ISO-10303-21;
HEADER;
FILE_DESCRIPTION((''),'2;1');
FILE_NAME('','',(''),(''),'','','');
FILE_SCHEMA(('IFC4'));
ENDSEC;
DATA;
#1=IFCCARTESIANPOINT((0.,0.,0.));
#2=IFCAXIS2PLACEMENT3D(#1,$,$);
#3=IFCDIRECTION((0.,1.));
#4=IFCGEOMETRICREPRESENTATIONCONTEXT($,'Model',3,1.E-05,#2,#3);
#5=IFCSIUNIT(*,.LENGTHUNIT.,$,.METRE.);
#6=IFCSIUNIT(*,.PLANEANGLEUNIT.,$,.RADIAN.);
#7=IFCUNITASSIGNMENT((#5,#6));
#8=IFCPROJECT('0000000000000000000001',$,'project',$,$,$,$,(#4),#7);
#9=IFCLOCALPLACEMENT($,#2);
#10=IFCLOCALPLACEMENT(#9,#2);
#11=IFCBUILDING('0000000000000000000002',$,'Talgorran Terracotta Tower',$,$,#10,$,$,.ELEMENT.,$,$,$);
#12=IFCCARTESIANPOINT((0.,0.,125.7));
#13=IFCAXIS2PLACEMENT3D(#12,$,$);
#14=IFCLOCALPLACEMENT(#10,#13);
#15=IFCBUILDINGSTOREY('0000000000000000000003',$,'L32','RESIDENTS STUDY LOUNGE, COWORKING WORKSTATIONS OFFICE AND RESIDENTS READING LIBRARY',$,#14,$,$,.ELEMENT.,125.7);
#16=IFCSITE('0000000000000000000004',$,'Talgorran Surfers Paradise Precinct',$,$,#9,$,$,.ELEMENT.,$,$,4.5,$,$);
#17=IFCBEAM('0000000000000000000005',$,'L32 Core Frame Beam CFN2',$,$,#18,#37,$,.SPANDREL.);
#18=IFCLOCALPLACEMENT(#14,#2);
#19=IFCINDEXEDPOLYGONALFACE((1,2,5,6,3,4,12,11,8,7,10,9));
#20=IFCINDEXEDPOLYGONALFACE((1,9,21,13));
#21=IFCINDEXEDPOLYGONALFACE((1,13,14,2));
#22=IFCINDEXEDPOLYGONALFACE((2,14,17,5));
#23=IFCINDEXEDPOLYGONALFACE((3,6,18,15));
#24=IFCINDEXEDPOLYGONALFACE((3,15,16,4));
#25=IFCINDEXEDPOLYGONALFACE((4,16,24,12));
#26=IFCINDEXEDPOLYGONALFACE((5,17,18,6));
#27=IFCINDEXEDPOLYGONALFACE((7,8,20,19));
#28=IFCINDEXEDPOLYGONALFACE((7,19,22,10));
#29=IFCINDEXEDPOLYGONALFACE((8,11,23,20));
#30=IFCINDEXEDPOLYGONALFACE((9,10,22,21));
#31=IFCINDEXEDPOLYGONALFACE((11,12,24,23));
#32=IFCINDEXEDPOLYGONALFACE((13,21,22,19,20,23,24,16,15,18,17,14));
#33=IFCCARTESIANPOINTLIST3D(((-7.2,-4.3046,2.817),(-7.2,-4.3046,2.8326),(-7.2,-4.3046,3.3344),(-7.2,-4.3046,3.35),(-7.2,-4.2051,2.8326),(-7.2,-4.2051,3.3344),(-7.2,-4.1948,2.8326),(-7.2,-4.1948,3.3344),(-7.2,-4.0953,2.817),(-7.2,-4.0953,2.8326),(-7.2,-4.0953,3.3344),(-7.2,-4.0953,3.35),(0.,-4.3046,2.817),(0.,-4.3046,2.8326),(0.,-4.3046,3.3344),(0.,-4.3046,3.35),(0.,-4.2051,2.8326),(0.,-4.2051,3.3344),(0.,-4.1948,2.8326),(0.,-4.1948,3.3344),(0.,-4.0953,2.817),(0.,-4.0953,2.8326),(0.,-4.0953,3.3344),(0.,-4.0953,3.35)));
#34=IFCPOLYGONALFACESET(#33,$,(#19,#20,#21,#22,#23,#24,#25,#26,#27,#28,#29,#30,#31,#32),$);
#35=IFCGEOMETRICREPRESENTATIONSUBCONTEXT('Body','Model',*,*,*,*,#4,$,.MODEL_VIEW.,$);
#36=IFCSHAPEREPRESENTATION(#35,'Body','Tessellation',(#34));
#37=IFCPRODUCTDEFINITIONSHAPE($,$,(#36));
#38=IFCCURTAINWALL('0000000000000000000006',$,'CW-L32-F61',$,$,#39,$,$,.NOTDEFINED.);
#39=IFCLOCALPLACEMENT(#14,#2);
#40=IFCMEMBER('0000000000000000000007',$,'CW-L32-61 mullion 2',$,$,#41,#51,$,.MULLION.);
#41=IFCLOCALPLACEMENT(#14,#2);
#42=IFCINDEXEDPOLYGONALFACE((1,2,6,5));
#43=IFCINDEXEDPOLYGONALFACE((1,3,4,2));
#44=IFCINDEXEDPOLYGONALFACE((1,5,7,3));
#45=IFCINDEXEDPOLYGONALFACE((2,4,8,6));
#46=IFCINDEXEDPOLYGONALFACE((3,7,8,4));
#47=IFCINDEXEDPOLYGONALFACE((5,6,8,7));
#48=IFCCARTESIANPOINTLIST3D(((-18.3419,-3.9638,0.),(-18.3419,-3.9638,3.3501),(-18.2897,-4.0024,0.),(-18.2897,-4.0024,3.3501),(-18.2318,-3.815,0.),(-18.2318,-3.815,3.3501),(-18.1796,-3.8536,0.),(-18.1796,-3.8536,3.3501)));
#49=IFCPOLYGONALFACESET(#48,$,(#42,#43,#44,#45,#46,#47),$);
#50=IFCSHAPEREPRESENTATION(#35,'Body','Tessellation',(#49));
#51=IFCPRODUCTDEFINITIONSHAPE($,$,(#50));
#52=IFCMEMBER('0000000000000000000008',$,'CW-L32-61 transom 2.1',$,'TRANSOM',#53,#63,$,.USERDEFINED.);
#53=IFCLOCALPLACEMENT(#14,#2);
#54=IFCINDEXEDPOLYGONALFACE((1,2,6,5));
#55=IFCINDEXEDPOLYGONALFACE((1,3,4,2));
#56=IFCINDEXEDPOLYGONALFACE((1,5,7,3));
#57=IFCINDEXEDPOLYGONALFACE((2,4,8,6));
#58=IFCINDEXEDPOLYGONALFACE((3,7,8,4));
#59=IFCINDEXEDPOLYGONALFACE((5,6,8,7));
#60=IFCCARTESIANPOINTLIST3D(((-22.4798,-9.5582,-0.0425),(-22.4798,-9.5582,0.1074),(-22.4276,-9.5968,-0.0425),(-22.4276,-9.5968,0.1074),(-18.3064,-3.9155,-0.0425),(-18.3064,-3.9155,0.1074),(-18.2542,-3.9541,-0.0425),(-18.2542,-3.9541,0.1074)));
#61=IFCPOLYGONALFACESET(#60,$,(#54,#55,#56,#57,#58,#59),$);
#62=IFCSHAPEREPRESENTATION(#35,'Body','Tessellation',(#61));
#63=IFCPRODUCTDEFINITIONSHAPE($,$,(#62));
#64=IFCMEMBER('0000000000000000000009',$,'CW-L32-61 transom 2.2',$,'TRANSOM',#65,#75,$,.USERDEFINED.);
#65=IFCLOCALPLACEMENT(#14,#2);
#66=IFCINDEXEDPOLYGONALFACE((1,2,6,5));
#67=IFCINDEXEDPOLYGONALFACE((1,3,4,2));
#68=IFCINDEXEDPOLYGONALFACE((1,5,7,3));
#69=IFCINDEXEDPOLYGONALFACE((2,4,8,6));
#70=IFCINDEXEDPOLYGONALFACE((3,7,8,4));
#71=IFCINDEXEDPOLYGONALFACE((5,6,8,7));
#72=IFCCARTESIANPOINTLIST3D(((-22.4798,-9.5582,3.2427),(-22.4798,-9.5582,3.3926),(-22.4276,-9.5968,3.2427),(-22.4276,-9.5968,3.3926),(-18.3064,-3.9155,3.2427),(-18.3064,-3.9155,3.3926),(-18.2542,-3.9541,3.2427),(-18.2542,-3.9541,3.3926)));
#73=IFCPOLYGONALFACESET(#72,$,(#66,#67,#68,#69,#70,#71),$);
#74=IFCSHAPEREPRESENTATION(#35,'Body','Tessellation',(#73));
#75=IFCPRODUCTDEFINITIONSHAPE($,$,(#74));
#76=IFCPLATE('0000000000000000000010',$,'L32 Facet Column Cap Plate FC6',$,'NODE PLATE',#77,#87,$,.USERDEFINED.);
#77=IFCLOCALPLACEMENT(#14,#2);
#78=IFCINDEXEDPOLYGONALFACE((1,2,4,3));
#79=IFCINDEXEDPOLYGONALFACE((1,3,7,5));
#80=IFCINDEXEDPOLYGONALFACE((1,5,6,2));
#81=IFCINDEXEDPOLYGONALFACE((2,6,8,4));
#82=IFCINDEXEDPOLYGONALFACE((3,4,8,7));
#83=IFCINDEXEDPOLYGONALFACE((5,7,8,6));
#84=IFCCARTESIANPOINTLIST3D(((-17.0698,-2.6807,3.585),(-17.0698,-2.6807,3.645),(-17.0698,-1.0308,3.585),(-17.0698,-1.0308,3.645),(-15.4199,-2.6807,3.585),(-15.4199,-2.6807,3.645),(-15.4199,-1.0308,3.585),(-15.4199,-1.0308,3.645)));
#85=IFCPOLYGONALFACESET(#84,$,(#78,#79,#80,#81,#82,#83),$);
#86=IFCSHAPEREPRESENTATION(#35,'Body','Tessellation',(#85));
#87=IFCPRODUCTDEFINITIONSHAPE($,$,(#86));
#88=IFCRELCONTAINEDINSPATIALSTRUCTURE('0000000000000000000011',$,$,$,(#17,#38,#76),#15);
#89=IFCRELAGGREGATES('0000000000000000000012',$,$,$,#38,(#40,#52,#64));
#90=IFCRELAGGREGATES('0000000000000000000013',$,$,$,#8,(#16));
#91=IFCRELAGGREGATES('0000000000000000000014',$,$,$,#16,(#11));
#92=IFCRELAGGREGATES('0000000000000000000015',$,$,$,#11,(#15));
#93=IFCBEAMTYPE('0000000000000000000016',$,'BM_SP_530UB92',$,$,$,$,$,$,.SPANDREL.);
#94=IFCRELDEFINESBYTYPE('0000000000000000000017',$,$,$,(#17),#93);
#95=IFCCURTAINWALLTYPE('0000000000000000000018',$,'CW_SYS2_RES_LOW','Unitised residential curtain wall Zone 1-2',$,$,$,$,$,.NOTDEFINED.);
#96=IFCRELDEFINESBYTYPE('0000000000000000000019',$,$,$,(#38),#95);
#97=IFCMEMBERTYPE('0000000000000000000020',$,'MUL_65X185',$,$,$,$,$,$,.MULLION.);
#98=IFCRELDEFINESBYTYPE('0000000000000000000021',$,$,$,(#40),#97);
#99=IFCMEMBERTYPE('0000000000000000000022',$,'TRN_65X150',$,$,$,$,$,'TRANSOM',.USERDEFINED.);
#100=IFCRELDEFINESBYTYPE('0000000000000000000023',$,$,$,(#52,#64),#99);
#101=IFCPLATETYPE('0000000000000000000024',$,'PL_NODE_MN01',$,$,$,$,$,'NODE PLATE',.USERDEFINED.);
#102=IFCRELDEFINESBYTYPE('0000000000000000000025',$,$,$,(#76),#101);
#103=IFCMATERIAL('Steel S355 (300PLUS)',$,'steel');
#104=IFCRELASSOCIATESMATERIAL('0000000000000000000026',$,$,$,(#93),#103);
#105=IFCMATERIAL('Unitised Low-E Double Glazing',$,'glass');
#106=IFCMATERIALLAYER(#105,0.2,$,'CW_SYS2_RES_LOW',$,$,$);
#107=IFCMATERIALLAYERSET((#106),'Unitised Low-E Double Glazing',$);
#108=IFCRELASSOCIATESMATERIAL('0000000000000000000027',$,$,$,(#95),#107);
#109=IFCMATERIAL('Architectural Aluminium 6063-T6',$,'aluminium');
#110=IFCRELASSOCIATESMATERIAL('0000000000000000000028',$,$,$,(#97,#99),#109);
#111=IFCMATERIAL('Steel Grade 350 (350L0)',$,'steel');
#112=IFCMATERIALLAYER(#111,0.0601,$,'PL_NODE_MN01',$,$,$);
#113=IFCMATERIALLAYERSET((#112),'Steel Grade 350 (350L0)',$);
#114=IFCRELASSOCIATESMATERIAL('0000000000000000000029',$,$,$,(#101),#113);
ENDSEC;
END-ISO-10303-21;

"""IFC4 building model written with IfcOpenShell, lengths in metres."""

from ifc_helpers import new_model, si_unit, direction, frame, origin, origin_2d, place, context, subcontext, project, spatial, rectangle, i_section, extrude, material, layer, layer_set, material_profile, profile_set, type_object, element, aggregate, save


model = new_model("IFC4")

# Units and contexts
model_context = context("Model", 3, precision=1e-05, world=origin(), true_north=direction((0.0, 1.0)))
body_context = subcontext(model_context, "Body", "Model", "MODEL_VIEW")
ifc_project = project(units=[si_unit("LENGTHUNIT", "METRE"), si_unit("PLANEANGLEUNIT", "RADIAN")], contexts=[model_context])

# Site, building, storey
site_placement = place(None, origin())
site = spatial("IfcSite", under=ifc_project, at=site_placement, Name="Talgorran Surfers Paradise Precinct", CompositionType="ELEMENT", RefElevation=4.5)
building_placement = place(site_placement, origin())
building = spatial("IfcBuilding", under=site, at=building_placement, Name="Talgorran Terracotta Tower", CompositionType="ELEMENT")
storey_placement = place(building_placement, frame((0.0, 0.0, 125.7)))
storey = spatial("IfcBuildingStorey", under=building, at=storey_placement, Name="L32", Description="RESIDENTS STUDY LOUNGE, COWORKING WORKSTATIONS OFFICE AND RESIDENTS READING LIBRARY", CompositionType="ELEMENT", Elevation=125.7)

# Shared definitions
ifc_material_1 = material(Name="Steel S355 (300PLUS)", Category="steel")
ifc_material_2 = material(Name="Steel Grade 350 (350L0)", Category="steel")

# Beam
ifc_material_profile_1 = material_profile(ifc_material_1, i_section(OverallWidth=0.2092, OverallDepth=0.533, WebThickness=0.0103, FlangeThickness=0.0156, at=origin_2d()), Name="530UB92.4")
ifc_profile_set_1 = profile_set([ifc_material_profile_1], Name="Steel S355 (300PLUS)")
beam_type_1 = type_object("IfcBeamType", Name="BM_SP_530UB92", PredefinedType="SPANDREL", material=ifc_profile_set_1)
beam_1_placement = place(storey_placement, frame((-7.2, -4.2, 3.0835), z_axis=(1.0, 0.0, 0.0), x_axis=(0.0, 1.0, 0.0)))
element("IfcBeam", 1, at=beam_1_placement, inside=storey, type_object=beam_type_1, Name="L32 Core Frame Beam CFN2", PredefinedType="SPANDREL", context=body_context, shape_type="SweptSolid", body=[
    extrude(i_section(OverallWidth=0.2092, OverallDepth=0.533, WebThickness=0.0103, FlangeThickness=0.0156, at=origin_2d()), origin(), (0.0, 0.0, 1.0), 7.2),
])

# Curtain wall, members
ifc_material_3 = material(Name="Unitised Low-E Double Glazing", Category="glass")
ifc_layer_1 = layer(ifc_material_3, 0.2, Name="CW_SYS2_RES_LOW")
ifc_layer_set_1 = layer_set([ifc_layer_1], Name="Unitised Low-E Double Glazing")
curtain_wall_type = type_object("IfcCurtainWallType", Name="CW_SYS2_RES_LOW", Description="Unitised residential curtain wall Zone 1-2", PredefinedType="NOTDEFINED", material=ifc_layer_set_1)
curtain_wall_placement = place(storey_placement, origin())
curtain_wall = element("IfcCurtainWall", 2, at=curtain_wall_placement, inside=storey, type_object=curtain_wall_type, Name="CW-L32-F61", PredefinedType="NOTDEFINED")
ifc_material_4 = material(Name="Architectural Aluminium 6063-T6", Category="aluminium")
ifc_material_profile_2 = material_profile(ifc_material_4, rectangle(XDim=0.0649, YDim=0.1851, at=origin_2d()), Name="CWM65X185")
ifc_profile_set_2 = profile_set([ifc_material_profile_2], Name="Architectural Aluminium 6063-T6")
member_type_1 = type_object("IfcMemberType", Name="MUL_65X185", PredefinedType="MULLION", material=ifc_profile_set_2)
member_1_placement = place(storey_placement, frame((-18.2607, -3.9087, 0.0), z_axis=(0.0, 0.0, 1.0), x_axis=(0.803994, -0.594637, 0.0)))
member_1 = element("IfcMember", 3, at=member_1_placement, type_object=member_type_1, Name="CW-L32-61 mullion 2", PredefinedType="MULLION", context=body_context, shape_type="SweptSolid", body=[
    extrude(rectangle(XDim=0.0649, YDim=0.1851, at=origin_2d()), origin(), (0.0, 0.0, 1.0), 3.3501),
])
ifc_material_profile_3 = material_profile(ifc_material_4, rectangle(XDim=0.0649, YDim=0.1499, at=origin_2d()), Name="CWT65X150")
ifc_profile_set_3 = profile_set([ifc_material_profile_3], Name="Architectural Aluminium 6063-T6")
member_type_2 = type_object("IfcMemberType", Name="TRN_65X150", ElementType="TRANSOM", PredefinedType="USERDEFINED", material=ifc_profile_set_3)
member_2_placement = place(storey_placement, frame((-18.2803, -3.9348, 0.0325), z_axis=(-0.594643, -0.80399, 0.0), x_axis=(0.80399, -0.594643, 0.0)))
member_2 = element("IfcMember", 4, at=member_2_placement, type_object=member_type_2, Name="CW-L32-61 transom 2.1", ObjectType="TRANSOM", PredefinedType="USERDEFINED", context=body_context, shape_type="SweptSolid", body=[
    extrude(rectangle(XDim=0.0649, YDim=0.1499, at=origin_2d()), origin(), (0.0, 0.0, 1.0), 7.0183),
])
member_3_placement = place(storey_placement, frame((-18.2803, -3.9348, 3.3176), z_axis=(-0.594643, -0.80399, 0.0), x_axis=(0.80399, -0.594643, 0.0)))
member_3 = element("IfcMember", 5, at=member_3_placement, type_object=member_type_2, Name="CW-L32-61 transom 2.2", ObjectType="TRANSOM", PredefinedType="USERDEFINED", context=body_context, shape_type="SweptSolid", body=[
    extrude(rectangle(XDim=0.0649, YDim=0.1499, at=origin_2d()), origin(), (0.0, 0.0, 1.0), 7.0183),
])
aggregate(curtain_wall, [member_1, member_2, member_3])

# Plate
ifc_layer_2 = layer(ifc_material_2, 0.0601, Name="PL_NODE_MN01")
ifc_layer_set_2 = layer_set([ifc_layer_2], Name="Steel Grade 350 (350L0)")
plate_type = type_object("IfcPlateType", Name="PL_NODE_MN01", ElementType="NODE PLATE", PredefinedType="USERDEFINED", material=ifc_layer_set_2)
plate_placement = place(storey_placement, frame((-16.2449, -1.8557, 3.585), z_axis=(0.0, 0.0, 1.0), x_axis=(1.0, 0.0, 0.0)))
element("IfcPlate", 6, at=plate_placement, inside=storey, type_object=plate_type, Name="L32 Facet Column Cap Plate FC6", ObjectType="NODE PLATE", PredefinedType="USERDEFINED", context=body_context, shape_type="SweptSolid", body=[
    extrude(rectangle(XDim=1.6499, YDim=1.6499, at=origin_2d()), origin(), (0.0, 0.0, 1.0), 0.0601),
])

save(model, "model.ifc")
